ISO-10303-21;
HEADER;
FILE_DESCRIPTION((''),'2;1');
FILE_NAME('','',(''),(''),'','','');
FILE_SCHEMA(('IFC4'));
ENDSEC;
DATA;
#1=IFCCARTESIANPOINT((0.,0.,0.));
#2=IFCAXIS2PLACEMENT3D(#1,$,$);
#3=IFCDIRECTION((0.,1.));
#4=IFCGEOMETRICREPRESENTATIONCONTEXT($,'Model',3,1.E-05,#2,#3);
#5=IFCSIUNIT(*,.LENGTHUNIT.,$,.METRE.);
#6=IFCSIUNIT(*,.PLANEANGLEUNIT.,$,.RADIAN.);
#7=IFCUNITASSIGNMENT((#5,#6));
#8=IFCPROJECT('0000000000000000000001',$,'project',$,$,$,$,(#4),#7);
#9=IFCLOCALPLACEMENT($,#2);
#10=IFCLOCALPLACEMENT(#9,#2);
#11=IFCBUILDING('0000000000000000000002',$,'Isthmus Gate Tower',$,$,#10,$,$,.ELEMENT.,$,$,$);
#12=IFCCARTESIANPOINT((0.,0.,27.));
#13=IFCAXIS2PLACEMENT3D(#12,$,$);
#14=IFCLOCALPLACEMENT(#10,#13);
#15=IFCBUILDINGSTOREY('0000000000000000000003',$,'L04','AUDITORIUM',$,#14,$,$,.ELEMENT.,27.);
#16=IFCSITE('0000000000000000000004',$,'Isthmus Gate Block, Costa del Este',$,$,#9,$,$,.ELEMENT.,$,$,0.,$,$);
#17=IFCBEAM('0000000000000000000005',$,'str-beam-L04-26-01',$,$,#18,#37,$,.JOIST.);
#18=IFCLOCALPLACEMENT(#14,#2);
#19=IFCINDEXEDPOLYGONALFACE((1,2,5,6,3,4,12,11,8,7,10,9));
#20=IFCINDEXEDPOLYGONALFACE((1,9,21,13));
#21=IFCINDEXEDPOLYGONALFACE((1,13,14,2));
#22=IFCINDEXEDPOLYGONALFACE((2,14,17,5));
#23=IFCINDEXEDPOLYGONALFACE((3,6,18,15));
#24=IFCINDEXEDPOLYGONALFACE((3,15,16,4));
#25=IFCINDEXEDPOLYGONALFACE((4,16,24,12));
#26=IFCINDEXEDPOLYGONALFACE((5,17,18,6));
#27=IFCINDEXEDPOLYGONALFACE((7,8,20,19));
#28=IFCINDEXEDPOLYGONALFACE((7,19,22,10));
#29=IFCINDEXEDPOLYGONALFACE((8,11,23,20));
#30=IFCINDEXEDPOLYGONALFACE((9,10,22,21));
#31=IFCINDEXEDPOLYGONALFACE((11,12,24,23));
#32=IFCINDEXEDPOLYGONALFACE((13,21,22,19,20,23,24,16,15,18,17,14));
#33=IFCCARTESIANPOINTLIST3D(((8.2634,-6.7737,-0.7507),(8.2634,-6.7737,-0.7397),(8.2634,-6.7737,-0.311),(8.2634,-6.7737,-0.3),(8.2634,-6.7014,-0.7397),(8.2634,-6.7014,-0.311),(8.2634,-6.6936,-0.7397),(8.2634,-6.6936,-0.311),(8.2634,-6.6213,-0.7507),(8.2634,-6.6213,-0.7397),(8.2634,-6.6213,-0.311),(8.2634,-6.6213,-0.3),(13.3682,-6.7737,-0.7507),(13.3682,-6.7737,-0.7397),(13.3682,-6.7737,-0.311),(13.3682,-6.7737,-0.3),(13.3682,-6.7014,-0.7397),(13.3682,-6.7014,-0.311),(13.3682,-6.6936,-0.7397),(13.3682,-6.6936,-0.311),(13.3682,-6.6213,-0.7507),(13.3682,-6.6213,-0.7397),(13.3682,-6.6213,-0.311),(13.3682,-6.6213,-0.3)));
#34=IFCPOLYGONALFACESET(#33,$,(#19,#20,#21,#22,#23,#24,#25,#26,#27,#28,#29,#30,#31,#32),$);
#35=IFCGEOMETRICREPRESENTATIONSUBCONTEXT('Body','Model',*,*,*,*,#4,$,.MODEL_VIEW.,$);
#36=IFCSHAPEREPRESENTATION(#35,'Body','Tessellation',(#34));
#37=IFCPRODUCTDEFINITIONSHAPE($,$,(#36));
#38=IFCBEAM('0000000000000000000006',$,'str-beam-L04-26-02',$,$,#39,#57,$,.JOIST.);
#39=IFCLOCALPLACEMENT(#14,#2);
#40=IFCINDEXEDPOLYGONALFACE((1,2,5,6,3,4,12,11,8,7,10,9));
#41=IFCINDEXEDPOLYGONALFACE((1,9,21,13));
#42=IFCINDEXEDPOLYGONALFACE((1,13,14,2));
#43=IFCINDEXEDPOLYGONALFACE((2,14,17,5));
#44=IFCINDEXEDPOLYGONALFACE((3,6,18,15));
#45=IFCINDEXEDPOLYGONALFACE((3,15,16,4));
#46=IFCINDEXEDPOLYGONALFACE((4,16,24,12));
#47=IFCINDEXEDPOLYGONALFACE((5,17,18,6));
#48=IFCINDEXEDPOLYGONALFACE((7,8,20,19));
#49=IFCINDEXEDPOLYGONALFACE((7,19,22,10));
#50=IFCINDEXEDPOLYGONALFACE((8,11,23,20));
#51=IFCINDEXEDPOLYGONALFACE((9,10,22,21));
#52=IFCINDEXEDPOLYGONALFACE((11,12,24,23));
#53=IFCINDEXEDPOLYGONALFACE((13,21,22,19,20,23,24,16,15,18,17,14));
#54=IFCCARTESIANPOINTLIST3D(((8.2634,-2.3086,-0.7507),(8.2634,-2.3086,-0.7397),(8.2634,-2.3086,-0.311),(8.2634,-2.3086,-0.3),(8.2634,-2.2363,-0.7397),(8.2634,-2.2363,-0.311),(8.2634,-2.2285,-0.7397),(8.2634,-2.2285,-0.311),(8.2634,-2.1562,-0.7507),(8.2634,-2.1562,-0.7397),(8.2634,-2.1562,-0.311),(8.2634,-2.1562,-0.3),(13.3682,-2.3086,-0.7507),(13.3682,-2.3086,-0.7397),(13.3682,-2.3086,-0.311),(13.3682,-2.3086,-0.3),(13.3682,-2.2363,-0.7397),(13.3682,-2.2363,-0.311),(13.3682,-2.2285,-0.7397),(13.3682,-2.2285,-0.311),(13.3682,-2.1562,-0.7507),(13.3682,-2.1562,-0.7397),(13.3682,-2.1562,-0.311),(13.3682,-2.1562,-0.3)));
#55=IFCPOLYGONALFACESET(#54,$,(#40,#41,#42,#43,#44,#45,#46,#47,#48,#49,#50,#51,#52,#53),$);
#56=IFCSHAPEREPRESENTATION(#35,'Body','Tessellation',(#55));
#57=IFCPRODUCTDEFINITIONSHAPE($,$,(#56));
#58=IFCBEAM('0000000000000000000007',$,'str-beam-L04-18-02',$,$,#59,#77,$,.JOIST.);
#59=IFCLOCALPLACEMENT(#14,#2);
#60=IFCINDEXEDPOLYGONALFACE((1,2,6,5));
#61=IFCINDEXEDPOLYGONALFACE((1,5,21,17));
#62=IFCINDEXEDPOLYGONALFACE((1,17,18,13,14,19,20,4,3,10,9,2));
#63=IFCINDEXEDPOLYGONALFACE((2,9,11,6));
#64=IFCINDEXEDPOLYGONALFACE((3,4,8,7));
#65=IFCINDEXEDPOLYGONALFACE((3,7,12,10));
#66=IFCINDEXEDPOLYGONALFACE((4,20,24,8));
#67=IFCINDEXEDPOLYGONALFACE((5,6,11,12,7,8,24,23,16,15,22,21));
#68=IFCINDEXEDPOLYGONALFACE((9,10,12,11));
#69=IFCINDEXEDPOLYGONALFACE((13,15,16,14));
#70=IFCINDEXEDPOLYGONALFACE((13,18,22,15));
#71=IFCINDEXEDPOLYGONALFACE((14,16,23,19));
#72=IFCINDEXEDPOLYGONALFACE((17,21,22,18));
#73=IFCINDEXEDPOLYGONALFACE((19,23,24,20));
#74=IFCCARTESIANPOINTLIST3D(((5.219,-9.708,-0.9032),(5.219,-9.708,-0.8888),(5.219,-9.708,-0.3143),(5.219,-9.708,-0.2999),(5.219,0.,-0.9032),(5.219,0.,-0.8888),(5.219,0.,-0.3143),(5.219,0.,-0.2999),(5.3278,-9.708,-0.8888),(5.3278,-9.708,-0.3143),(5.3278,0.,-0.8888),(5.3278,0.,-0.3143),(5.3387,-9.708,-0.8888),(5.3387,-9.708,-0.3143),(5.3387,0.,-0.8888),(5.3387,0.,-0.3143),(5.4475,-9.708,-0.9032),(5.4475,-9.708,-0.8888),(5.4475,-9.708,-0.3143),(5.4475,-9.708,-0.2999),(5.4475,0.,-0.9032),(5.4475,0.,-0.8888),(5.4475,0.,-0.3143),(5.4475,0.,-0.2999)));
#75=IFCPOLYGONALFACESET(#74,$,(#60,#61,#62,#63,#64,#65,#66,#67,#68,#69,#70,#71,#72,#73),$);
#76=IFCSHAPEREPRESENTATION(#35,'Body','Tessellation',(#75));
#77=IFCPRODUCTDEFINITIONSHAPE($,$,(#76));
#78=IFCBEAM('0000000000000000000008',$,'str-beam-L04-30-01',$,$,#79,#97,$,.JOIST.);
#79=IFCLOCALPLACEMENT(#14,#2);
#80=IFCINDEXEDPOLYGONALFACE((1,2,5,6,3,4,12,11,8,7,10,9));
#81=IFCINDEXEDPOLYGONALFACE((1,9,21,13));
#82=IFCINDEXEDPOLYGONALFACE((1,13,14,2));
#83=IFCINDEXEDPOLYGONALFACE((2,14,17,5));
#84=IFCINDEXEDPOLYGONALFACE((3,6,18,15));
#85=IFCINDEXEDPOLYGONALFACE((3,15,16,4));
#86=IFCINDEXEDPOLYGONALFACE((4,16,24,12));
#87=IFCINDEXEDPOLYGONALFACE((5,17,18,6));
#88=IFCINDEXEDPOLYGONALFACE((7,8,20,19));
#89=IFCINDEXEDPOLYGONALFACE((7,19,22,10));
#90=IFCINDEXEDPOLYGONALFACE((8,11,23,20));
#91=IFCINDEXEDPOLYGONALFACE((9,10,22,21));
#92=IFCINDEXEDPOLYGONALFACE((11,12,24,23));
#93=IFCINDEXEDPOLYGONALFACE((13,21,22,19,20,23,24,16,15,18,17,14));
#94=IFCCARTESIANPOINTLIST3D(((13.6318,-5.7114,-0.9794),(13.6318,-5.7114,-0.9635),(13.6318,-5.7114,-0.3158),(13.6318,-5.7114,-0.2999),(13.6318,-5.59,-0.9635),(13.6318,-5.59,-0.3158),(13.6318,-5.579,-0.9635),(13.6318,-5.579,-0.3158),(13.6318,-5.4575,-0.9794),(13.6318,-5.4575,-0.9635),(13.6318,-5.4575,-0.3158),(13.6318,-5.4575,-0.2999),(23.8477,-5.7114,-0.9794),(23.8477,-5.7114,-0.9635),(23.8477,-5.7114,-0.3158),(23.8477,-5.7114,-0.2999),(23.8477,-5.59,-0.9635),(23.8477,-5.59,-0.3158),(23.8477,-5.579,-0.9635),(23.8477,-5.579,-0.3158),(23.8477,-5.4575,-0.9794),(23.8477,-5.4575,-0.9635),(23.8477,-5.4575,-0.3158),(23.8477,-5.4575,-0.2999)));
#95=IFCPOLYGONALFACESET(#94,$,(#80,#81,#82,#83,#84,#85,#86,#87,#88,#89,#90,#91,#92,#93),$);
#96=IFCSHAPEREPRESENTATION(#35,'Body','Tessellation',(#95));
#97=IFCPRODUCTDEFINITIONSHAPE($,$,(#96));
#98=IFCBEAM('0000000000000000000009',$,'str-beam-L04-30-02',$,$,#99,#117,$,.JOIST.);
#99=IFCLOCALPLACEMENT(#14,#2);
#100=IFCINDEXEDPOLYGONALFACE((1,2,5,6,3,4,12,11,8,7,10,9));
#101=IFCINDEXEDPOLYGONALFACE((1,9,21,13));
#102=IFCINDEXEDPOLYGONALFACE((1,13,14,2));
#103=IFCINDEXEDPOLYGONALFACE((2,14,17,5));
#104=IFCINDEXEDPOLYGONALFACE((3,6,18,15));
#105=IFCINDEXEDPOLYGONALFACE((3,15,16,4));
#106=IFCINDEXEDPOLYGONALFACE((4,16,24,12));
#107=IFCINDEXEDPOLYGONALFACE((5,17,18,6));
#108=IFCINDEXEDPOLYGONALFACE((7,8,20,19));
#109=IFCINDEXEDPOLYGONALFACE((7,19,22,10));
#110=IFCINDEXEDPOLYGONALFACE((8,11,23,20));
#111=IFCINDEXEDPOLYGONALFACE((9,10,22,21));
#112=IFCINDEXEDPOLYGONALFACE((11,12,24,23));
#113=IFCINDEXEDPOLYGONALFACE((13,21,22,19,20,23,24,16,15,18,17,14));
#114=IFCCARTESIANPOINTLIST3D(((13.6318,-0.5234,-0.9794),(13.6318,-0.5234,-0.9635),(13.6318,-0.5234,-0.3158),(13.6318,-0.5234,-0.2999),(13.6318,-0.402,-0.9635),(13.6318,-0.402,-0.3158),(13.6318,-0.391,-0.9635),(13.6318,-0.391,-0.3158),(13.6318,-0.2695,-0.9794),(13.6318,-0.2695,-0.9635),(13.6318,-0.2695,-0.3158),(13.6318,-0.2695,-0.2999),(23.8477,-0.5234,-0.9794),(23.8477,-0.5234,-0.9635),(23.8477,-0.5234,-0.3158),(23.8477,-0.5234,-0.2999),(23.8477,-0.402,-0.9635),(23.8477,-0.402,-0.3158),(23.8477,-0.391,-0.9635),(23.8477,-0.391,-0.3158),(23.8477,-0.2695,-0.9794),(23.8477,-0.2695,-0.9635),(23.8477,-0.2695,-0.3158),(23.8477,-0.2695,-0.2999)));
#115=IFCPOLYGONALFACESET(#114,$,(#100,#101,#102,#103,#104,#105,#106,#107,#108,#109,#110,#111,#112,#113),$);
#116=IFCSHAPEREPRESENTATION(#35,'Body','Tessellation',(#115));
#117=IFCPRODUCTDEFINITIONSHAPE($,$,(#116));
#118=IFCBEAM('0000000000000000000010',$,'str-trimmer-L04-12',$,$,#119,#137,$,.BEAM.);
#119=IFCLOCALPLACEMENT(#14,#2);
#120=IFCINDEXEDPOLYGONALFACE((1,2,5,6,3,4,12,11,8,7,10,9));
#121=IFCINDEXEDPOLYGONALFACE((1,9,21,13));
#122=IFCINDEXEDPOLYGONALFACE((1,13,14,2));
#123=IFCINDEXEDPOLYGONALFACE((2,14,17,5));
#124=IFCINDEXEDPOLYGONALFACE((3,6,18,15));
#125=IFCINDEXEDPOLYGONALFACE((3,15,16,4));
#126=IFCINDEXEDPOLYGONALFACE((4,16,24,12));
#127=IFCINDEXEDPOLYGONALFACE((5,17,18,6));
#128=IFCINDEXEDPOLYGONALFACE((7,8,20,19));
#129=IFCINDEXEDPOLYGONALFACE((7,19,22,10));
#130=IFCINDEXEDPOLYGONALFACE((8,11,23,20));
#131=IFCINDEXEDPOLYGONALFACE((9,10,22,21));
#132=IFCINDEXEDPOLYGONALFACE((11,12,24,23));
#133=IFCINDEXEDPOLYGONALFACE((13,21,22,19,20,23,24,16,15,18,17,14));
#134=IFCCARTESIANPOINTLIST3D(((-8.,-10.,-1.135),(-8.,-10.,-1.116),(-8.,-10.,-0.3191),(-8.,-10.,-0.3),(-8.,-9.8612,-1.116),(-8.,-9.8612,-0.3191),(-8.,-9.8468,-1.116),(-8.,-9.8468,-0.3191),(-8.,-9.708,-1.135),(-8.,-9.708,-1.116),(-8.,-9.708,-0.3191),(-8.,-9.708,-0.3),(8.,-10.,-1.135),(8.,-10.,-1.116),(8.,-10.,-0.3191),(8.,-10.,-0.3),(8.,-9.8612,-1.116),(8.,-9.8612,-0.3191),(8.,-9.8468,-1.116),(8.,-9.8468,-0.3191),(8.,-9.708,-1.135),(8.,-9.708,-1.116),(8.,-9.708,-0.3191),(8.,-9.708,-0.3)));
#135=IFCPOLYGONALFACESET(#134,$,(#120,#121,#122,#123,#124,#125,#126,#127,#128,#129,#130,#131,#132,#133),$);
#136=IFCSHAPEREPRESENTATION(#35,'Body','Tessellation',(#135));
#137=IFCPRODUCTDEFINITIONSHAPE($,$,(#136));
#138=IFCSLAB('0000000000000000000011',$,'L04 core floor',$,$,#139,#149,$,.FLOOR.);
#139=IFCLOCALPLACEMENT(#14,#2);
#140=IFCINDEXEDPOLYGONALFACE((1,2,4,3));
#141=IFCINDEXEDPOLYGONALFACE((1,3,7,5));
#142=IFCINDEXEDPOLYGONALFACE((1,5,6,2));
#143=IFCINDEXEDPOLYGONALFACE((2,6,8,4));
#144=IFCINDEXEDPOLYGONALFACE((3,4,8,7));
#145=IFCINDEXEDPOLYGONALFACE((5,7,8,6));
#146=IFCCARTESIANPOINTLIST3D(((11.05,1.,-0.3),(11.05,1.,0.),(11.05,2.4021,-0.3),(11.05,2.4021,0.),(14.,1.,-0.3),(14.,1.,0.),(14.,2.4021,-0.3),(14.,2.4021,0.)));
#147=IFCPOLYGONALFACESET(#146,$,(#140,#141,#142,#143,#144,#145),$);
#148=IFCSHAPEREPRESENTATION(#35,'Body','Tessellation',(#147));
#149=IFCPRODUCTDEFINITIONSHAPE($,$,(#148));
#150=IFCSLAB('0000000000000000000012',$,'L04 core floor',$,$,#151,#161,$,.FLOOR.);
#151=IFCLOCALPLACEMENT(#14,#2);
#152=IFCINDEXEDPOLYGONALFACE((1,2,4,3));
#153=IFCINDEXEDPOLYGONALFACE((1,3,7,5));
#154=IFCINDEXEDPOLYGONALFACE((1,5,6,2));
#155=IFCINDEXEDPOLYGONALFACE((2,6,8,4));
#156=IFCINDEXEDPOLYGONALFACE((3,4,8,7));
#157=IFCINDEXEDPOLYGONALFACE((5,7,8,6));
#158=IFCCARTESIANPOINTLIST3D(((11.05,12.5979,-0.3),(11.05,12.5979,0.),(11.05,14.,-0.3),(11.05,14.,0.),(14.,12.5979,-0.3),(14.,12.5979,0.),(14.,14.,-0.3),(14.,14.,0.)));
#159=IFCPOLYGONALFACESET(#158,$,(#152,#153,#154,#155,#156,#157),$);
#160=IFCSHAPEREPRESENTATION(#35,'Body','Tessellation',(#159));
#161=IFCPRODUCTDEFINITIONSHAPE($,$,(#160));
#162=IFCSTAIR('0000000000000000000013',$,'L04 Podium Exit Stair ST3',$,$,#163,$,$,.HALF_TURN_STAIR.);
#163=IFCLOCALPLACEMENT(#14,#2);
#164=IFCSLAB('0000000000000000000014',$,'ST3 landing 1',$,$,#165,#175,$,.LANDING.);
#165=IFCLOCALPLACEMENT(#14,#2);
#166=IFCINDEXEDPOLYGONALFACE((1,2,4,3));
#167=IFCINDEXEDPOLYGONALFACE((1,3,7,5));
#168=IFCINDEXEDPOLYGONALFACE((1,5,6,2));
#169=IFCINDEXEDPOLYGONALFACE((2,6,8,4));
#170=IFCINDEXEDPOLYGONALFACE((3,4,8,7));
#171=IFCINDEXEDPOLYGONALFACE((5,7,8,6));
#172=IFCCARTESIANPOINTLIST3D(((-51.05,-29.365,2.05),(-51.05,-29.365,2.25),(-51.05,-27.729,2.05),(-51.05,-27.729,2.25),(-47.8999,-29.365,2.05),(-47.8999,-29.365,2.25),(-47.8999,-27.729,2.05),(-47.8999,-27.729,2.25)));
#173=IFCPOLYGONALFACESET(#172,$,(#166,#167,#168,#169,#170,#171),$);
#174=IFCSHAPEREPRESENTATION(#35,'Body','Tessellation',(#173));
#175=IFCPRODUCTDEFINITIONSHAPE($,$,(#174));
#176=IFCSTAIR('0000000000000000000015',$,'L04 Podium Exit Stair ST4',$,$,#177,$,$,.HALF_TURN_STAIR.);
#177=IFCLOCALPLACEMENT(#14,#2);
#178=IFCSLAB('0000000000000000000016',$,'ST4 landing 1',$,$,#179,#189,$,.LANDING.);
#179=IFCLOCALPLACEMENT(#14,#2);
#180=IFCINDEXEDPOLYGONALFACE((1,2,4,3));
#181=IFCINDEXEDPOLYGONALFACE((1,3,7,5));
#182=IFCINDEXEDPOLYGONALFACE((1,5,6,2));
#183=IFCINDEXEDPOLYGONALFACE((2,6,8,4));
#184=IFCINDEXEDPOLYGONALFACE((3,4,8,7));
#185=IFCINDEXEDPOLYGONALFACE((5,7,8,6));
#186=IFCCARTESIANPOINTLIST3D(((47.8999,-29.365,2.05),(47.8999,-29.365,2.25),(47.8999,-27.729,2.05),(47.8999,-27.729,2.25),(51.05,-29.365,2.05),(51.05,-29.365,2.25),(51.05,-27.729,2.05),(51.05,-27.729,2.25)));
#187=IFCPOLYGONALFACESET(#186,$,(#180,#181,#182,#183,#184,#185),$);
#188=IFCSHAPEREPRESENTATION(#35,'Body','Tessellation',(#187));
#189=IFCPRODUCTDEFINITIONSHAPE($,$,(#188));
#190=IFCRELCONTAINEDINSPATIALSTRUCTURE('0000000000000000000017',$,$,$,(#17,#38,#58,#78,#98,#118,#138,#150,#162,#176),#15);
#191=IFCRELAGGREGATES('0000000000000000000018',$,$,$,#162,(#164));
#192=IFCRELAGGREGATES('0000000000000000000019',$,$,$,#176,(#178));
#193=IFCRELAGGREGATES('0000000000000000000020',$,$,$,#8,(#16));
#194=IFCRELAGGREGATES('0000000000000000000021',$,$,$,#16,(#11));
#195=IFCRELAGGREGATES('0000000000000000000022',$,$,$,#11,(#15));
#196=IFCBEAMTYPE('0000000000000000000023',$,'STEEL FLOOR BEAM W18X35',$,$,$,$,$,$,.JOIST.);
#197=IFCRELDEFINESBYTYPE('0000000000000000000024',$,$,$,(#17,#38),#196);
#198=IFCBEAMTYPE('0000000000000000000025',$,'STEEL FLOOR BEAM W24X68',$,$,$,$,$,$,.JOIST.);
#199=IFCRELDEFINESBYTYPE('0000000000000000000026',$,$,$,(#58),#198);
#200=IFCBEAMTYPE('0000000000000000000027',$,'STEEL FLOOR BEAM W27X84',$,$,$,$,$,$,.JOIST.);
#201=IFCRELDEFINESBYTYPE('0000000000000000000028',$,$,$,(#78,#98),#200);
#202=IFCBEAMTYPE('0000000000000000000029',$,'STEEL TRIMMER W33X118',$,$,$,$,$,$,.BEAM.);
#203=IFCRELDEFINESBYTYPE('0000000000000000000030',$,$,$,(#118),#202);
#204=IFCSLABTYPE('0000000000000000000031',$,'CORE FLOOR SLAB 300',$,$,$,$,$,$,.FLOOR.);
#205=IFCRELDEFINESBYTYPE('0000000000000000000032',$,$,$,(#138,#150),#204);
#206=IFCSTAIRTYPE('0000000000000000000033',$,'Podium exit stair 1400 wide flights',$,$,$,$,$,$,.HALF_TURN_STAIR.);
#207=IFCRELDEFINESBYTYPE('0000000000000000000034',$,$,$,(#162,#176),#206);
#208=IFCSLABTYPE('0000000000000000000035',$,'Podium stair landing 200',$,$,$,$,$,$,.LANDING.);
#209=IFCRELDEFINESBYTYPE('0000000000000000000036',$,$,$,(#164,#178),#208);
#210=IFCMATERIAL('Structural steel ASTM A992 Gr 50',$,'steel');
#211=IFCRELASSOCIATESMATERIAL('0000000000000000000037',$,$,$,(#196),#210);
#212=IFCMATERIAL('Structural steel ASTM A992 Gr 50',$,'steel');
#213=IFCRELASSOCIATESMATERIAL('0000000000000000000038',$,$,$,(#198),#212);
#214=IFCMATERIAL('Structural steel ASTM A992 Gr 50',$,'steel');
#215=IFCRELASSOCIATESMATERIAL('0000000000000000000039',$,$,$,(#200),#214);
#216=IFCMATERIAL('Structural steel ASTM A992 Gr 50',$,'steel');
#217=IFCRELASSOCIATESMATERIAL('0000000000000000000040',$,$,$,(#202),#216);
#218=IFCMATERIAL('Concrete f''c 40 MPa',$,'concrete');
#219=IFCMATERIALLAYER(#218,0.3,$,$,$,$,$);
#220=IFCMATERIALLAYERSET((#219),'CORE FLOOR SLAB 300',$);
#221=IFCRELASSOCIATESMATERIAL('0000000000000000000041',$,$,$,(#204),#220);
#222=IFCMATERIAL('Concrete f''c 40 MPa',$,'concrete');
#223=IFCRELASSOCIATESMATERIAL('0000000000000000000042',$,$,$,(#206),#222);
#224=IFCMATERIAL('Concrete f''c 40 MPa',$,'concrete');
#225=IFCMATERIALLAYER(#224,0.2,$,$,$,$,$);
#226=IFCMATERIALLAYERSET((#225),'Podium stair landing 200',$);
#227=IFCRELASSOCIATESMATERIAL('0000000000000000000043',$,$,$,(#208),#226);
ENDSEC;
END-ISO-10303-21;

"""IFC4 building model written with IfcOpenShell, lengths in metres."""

from ifc_helpers import new_model, si_unit, direction, frame, origin, origin_2d, place, context, subcontext, project, spatial, polyline, i_section, outline, extrude, material, layer, layer_set, material_profile, profile_set, type_object, element, aggregate, save


model = new_model("IFC4")

# Units and contexts
model_context = context("Model", 3, precision=1e-05, world=origin(), true_north=direction((0.0, 1.0)))
body_context = subcontext(model_context, "Body", "Model", "MODEL_VIEW")
ifc_project = project(units=[si_unit("LENGTHUNIT", "METRE"), si_unit("PLANEANGLEUNIT", "RADIAN")], contexts=[model_context])

# Site, building, storey
site_placement = place(None, origin())
site = spatial("IfcSite", under=ifc_project, at=site_placement, Name="Isthmus Gate Block, Costa del Este", CompositionType="ELEMENT", RefElevation=0.0)
building_placement = place(site_placement, origin())
building = spatial("IfcBuilding", under=site, at=building_placement, Name="Isthmus Gate Tower", CompositionType="ELEMENT")
storey_placement = place(building_placement, frame((0.0, 0.0, 27.0)))
storey = spatial("IfcBuildingStorey", under=building, at=storey_placement, Name="L04", Description="AUDITORIUM", CompositionType="ELEMENT", Elevation=27.0)

# Beams
ifc_material_1 = material(Name="Structural steel ASTM A992 Gr 50", Category="steel")
ifc_material_profile_1 = material_profile(ifc_material_1, i_section(OverallWidth=0.1523, OverallDepth=0.4507, WebThickness=0.0078, FlangeThickness=0.011, at=origin_2d()), Name="W18X35")
ifc_profile_set_1 = profile_set([ifc_material_profile_1], Name="Structural steel ASTM A992 Gr 50")
beam_type_1 = type_object("IfcBeamType", Name="STEEL FLOOR BEAM W18X35", PredefinedType="JOIST", material=ifc_profile_set_1)
for number, where, z_axis, x_axis, name in (
    (1, (8.2634, -6.6975, -0.5254), (1.0, 0.0, 0.0), (0.0, 1.0, 0.0), "str-beam-L04-26-01"),
    (2, (8.2634, -2.2324, -0.5254), (1.0, 0.0, 0.0), (0.0, 1.0, 0.0), "str-beam-L04-26-02"),
):
    element("IfcBeam", number, at=place(storey_placement, frame(where, z_axis=z_axis, x_axis=x_axis)), inside=storey, type_object=beam_type_1, Name=name, PredefinedType="JOIST", context=body_context, shape_type="SweptSolid", body=[
        extrude(i_section(OverallWidth=0.1523, OverallDepth=0.4507, WebThickness=0.0078, FlangeThickness=0.011, at=origin_2d()), origin(), (0.0, 0.0, 1.0), 5.1047),
    ])
ifc_material_2 = material(Name="Structural steel ASTM A992 Gr 50", Category="steel")
ifc_material_profile_2 = material_profile(ifc_material_2, i_section(OverallWidth=0.2285, OverallDepth=0.6033, WebThickness=0.011, FlangeThickness=0.0144, at=origin_2d()), Name="W24X68")
ifc_profile_set_2 = profile_set([ifc_material_profile_2], Name="Structural steel ASTM A992 Gr 50")
beam_type_2 = type_object("IfcBeamType", Name="STEEL FLOOR BEAM W24X68", PredefinedType="JOIST", material=ifc_profile_set_2)
beam_1_placement = place(storey_placement, frame((5.3333, -9.708, -0.6016), z_axis=(0.0, 1.0, 0.0), x_axis=(-1.0, 0.0, 0.0)))
element("IfcBeam", 3, at=beam_1_placement, inside=storey, type_object=beam_type_2, Name="str-beam-L04-18-02", PredefinedType="JOIST", context=body_context, shape_type="SweptSolid", body=[
    extrude(i_section(OverallWidth=0.2285, OverallDepth=0.6033, WebThickness=0.011, FlangeThickness=0.0144, at=origin_2d()), origin(), (0.0, 0.0, 1.0), 9.708),
])
ifc_material_3 = material(Name="Structural steel ASTM A992 Gr 50", Category="steel")
ifc_material_profile_3 = material_profile(ifc_material_3, i_section(OverallWidth=0.2539, OverallDepth=0.6794, WebThickness=0.011, FlangeThickness=0.0159, at=origin_2d()), Name="W27X84")
ifc_profile_set_3 = profile_set([ifc_material_profile_3], Name="Structural steel ASTM A992 Gr 50")
beam_type_3 = type_object("IfcBeamType", Name="STEEL FLOOR BEAM W27X84", PredefinedType="JOIST", material=ifc_profile_set_3)
for number, where, z_axis, x_axis, name in (
    (4, (13.6318, -5.5845, -0.6396), (1.0, 0.0, 0.0), (0.0, 1.0, 0.0), "str-beam-L04-30-01"),
    (5, (13.6318, -0.3965, -0.6396), (1.0, 0.0, 0.0), (0.0, 1.0, 0.0), "str-beam-L04-30-02"),
):
    element("IfcBeam", number, at=place(storey_placement, frame(where, z_axis=z_axis, x_axis=x_axis)), inside=storey, type_object=beam_type_3, Name=name, PredefinedType="JOIST", context=body_context, shape_type="SweptSolid", body=[
        extrude(i_section(OverallWidth=0.2539, OverallDepth=0.6794, WebThickness=0.011, FlangeThickness=0.0159, at=origin_2d()), origin(), (0.0, 0.0, 1.0), 10.2158),
    ])
ifc_material_4 = material(Name="Structural steel ASTM A992 Gr 50", Category="steel")
ifc_material_profile_4 = material_profile(ifc_material_4, i_section(OverallWidth=0.292, OverallDepth=0.835, WebThickness=0.0144, FlangeThickness=0.019, at=origin_2d()), Name="W33X118")
ifc_profile_set_4 = profile_set([ifc_material_profile_4], Name="Structural steel ASTM A992 Gr 50")
beam_type_4 = type_object("IfcBeamType", Name="STEEL TRIMMER W33X118", PredefinedType="BEAM", material=ifc_profile_set_4)
beam_2_placement = place(storey_placement, frame((8.0, -9.854, -0.7175), z_axis=(-1.0, 0.0, 0.0), x_axis=(0.0, -1.0, 0.0)))
element("IfcBeam", 6, at=beam_2_placement, inside=storey, type_object=beam_type_4, Name="str-trimmer-L04-12", PredefinedType="BEAM", context=body_context, shape_type="SweptSolid", body=[
    extrude(i_section(OverallWidth=0.292, OverallDepth=0.835, WebThickness=0.0144, FlangeThickness=0.019, at=origin_2d()), origin(), (0.0, 0.0, 1.0), 16.0),
])

# Slabs
ifc_material_5 = material(Name="Concrete f'c 40 MPa", Category="concrete")
ifc_layer_1 = layer(ifc_material_5, 0.3)
ifc_layer_set_1 = layer_set([ifc_layer_1], Name="CORE FLOOR SLAB 300")
slab_type_1 = type_object("IfcSlabType", Name="CORE FLOOR SLAB 300", PredefinedType="FLOOR", material=ifc_layer_set_1)
slab_1_placement = place(storey_placement, frame((0.0, 0.0, -0.3)))
element("IfcSlab", 7, at=slab_1_placement, inside=storey, type_object=slab_type_1, Name="L04 core floor", PredefinedType="FLOOR", context=body_context, shape_type="SweptSolid", body=[
    extrude(outline(polyline([(14.0, 1.0), (14.0, 2.4021), (11.05, 2.4021), (11.05, 1.0), (14.0, 1.0)])), origin(), (0.0, 0.0, 1.0), 0.3),
])
slab_2_placement = place(storey_placement, frame((0.0, 0.0, -0.3)))
element("IfcSlab", 8, at=slab_2_placement, inside=storey, type_object=slab_type_1, Name="L04 core floor", PredefinedType="FLOOR", context=body_context, shape_type="SweptSolid", body=[
    extrude(outline(polyline([(11.05, 14.0), (11.05, 12.5979), (14.0, 12.5979), (14.0, 14.0), (11.05, 14.0)])), origin(), (0.0, 0.0, 1.0), 0.3),
])

# Stairs, slabs
ifc_material_6 = material(Name="Concrete f'c 40 MPa", Category="concrete")
stair_type_1 = type_object("IfcStairType", Name="Podium exit stair 1400 wide flights", PredefinedType="HALF_TURN_STAIR", material=ifc_material_6)
stair_1_placement = place(storey_placement, origin())
stair_1 = element("IfcStair", 9, at=stair_1_placement, inside=storey, type_object=stair_type_1, Name="L04 Podium Exit Stair ST3", PredefinedType="HALF_TURN_STAIR")
ifc_material_7 = material(Name="Concrete f'c 40 MPa", Category="concrete")
ifc_layer_2 = layer(ifc_material_7, 0.2)
ifc_layer_set_2 = layer_set([ifc_layer_2], Name="Podium stair landing 200")
slab_type_2 = type_object("IfcSlabType", Name="Podium stair landing 200", PredefinedType="LANDING", material=ifc_layer_set_2)
slab_3_placement = place(storey_placement, frame((0.0, 0.0, 2.05)))
slab_3 = element("IfcSlab", 10, at=slab_3_placement, type_object=slab_type_2, Name="ST3 landing 1", PredefinedType="LANDING", context=body_context, shape_type="SweptSolid", body=[
    extrude(outline(polyline([(-47.8999, -29.365), (-47.8999, -27.729), (-51.05, -27.729), (-51.05, -29.365), (-47.8999, -29.365)])), origin(), (0.0, 0.0, 1.0), 0.2),
])
aggregate(stair_1, [slab_3])
stair_2_placement = place(storey_placement, origin())
stair_2 = element("IfcStair", 11, at=stair_2_placement, inside=storey, type_object=stair_type_1, Name="L04 Podium Exit Stair ST4", PredefinedType="HALF_TURN_STAIR")
slab_4_placement = place(storey_placement, frame((0.0, 0.0, 2.05)))
slab_4 = element("IfcSlab", 12, at=slab_4_placement, type_object=slab_type_2, Name="ST4 landing 1", PredefinedType="LANDING", context=body_context, shape_type="SweptSolid", body=[
    extrude(outline(polyline([(51.05, -29.365), (51.05, -27.729), (47.8999, -27.729), (47.8999, -29.365), (51.05, -29.365)])), origin(), (0.0, 0.0, 1.0), 0.2),
])
aggregate(stair_2, [slab_4])

save(model, "model.ifc")
